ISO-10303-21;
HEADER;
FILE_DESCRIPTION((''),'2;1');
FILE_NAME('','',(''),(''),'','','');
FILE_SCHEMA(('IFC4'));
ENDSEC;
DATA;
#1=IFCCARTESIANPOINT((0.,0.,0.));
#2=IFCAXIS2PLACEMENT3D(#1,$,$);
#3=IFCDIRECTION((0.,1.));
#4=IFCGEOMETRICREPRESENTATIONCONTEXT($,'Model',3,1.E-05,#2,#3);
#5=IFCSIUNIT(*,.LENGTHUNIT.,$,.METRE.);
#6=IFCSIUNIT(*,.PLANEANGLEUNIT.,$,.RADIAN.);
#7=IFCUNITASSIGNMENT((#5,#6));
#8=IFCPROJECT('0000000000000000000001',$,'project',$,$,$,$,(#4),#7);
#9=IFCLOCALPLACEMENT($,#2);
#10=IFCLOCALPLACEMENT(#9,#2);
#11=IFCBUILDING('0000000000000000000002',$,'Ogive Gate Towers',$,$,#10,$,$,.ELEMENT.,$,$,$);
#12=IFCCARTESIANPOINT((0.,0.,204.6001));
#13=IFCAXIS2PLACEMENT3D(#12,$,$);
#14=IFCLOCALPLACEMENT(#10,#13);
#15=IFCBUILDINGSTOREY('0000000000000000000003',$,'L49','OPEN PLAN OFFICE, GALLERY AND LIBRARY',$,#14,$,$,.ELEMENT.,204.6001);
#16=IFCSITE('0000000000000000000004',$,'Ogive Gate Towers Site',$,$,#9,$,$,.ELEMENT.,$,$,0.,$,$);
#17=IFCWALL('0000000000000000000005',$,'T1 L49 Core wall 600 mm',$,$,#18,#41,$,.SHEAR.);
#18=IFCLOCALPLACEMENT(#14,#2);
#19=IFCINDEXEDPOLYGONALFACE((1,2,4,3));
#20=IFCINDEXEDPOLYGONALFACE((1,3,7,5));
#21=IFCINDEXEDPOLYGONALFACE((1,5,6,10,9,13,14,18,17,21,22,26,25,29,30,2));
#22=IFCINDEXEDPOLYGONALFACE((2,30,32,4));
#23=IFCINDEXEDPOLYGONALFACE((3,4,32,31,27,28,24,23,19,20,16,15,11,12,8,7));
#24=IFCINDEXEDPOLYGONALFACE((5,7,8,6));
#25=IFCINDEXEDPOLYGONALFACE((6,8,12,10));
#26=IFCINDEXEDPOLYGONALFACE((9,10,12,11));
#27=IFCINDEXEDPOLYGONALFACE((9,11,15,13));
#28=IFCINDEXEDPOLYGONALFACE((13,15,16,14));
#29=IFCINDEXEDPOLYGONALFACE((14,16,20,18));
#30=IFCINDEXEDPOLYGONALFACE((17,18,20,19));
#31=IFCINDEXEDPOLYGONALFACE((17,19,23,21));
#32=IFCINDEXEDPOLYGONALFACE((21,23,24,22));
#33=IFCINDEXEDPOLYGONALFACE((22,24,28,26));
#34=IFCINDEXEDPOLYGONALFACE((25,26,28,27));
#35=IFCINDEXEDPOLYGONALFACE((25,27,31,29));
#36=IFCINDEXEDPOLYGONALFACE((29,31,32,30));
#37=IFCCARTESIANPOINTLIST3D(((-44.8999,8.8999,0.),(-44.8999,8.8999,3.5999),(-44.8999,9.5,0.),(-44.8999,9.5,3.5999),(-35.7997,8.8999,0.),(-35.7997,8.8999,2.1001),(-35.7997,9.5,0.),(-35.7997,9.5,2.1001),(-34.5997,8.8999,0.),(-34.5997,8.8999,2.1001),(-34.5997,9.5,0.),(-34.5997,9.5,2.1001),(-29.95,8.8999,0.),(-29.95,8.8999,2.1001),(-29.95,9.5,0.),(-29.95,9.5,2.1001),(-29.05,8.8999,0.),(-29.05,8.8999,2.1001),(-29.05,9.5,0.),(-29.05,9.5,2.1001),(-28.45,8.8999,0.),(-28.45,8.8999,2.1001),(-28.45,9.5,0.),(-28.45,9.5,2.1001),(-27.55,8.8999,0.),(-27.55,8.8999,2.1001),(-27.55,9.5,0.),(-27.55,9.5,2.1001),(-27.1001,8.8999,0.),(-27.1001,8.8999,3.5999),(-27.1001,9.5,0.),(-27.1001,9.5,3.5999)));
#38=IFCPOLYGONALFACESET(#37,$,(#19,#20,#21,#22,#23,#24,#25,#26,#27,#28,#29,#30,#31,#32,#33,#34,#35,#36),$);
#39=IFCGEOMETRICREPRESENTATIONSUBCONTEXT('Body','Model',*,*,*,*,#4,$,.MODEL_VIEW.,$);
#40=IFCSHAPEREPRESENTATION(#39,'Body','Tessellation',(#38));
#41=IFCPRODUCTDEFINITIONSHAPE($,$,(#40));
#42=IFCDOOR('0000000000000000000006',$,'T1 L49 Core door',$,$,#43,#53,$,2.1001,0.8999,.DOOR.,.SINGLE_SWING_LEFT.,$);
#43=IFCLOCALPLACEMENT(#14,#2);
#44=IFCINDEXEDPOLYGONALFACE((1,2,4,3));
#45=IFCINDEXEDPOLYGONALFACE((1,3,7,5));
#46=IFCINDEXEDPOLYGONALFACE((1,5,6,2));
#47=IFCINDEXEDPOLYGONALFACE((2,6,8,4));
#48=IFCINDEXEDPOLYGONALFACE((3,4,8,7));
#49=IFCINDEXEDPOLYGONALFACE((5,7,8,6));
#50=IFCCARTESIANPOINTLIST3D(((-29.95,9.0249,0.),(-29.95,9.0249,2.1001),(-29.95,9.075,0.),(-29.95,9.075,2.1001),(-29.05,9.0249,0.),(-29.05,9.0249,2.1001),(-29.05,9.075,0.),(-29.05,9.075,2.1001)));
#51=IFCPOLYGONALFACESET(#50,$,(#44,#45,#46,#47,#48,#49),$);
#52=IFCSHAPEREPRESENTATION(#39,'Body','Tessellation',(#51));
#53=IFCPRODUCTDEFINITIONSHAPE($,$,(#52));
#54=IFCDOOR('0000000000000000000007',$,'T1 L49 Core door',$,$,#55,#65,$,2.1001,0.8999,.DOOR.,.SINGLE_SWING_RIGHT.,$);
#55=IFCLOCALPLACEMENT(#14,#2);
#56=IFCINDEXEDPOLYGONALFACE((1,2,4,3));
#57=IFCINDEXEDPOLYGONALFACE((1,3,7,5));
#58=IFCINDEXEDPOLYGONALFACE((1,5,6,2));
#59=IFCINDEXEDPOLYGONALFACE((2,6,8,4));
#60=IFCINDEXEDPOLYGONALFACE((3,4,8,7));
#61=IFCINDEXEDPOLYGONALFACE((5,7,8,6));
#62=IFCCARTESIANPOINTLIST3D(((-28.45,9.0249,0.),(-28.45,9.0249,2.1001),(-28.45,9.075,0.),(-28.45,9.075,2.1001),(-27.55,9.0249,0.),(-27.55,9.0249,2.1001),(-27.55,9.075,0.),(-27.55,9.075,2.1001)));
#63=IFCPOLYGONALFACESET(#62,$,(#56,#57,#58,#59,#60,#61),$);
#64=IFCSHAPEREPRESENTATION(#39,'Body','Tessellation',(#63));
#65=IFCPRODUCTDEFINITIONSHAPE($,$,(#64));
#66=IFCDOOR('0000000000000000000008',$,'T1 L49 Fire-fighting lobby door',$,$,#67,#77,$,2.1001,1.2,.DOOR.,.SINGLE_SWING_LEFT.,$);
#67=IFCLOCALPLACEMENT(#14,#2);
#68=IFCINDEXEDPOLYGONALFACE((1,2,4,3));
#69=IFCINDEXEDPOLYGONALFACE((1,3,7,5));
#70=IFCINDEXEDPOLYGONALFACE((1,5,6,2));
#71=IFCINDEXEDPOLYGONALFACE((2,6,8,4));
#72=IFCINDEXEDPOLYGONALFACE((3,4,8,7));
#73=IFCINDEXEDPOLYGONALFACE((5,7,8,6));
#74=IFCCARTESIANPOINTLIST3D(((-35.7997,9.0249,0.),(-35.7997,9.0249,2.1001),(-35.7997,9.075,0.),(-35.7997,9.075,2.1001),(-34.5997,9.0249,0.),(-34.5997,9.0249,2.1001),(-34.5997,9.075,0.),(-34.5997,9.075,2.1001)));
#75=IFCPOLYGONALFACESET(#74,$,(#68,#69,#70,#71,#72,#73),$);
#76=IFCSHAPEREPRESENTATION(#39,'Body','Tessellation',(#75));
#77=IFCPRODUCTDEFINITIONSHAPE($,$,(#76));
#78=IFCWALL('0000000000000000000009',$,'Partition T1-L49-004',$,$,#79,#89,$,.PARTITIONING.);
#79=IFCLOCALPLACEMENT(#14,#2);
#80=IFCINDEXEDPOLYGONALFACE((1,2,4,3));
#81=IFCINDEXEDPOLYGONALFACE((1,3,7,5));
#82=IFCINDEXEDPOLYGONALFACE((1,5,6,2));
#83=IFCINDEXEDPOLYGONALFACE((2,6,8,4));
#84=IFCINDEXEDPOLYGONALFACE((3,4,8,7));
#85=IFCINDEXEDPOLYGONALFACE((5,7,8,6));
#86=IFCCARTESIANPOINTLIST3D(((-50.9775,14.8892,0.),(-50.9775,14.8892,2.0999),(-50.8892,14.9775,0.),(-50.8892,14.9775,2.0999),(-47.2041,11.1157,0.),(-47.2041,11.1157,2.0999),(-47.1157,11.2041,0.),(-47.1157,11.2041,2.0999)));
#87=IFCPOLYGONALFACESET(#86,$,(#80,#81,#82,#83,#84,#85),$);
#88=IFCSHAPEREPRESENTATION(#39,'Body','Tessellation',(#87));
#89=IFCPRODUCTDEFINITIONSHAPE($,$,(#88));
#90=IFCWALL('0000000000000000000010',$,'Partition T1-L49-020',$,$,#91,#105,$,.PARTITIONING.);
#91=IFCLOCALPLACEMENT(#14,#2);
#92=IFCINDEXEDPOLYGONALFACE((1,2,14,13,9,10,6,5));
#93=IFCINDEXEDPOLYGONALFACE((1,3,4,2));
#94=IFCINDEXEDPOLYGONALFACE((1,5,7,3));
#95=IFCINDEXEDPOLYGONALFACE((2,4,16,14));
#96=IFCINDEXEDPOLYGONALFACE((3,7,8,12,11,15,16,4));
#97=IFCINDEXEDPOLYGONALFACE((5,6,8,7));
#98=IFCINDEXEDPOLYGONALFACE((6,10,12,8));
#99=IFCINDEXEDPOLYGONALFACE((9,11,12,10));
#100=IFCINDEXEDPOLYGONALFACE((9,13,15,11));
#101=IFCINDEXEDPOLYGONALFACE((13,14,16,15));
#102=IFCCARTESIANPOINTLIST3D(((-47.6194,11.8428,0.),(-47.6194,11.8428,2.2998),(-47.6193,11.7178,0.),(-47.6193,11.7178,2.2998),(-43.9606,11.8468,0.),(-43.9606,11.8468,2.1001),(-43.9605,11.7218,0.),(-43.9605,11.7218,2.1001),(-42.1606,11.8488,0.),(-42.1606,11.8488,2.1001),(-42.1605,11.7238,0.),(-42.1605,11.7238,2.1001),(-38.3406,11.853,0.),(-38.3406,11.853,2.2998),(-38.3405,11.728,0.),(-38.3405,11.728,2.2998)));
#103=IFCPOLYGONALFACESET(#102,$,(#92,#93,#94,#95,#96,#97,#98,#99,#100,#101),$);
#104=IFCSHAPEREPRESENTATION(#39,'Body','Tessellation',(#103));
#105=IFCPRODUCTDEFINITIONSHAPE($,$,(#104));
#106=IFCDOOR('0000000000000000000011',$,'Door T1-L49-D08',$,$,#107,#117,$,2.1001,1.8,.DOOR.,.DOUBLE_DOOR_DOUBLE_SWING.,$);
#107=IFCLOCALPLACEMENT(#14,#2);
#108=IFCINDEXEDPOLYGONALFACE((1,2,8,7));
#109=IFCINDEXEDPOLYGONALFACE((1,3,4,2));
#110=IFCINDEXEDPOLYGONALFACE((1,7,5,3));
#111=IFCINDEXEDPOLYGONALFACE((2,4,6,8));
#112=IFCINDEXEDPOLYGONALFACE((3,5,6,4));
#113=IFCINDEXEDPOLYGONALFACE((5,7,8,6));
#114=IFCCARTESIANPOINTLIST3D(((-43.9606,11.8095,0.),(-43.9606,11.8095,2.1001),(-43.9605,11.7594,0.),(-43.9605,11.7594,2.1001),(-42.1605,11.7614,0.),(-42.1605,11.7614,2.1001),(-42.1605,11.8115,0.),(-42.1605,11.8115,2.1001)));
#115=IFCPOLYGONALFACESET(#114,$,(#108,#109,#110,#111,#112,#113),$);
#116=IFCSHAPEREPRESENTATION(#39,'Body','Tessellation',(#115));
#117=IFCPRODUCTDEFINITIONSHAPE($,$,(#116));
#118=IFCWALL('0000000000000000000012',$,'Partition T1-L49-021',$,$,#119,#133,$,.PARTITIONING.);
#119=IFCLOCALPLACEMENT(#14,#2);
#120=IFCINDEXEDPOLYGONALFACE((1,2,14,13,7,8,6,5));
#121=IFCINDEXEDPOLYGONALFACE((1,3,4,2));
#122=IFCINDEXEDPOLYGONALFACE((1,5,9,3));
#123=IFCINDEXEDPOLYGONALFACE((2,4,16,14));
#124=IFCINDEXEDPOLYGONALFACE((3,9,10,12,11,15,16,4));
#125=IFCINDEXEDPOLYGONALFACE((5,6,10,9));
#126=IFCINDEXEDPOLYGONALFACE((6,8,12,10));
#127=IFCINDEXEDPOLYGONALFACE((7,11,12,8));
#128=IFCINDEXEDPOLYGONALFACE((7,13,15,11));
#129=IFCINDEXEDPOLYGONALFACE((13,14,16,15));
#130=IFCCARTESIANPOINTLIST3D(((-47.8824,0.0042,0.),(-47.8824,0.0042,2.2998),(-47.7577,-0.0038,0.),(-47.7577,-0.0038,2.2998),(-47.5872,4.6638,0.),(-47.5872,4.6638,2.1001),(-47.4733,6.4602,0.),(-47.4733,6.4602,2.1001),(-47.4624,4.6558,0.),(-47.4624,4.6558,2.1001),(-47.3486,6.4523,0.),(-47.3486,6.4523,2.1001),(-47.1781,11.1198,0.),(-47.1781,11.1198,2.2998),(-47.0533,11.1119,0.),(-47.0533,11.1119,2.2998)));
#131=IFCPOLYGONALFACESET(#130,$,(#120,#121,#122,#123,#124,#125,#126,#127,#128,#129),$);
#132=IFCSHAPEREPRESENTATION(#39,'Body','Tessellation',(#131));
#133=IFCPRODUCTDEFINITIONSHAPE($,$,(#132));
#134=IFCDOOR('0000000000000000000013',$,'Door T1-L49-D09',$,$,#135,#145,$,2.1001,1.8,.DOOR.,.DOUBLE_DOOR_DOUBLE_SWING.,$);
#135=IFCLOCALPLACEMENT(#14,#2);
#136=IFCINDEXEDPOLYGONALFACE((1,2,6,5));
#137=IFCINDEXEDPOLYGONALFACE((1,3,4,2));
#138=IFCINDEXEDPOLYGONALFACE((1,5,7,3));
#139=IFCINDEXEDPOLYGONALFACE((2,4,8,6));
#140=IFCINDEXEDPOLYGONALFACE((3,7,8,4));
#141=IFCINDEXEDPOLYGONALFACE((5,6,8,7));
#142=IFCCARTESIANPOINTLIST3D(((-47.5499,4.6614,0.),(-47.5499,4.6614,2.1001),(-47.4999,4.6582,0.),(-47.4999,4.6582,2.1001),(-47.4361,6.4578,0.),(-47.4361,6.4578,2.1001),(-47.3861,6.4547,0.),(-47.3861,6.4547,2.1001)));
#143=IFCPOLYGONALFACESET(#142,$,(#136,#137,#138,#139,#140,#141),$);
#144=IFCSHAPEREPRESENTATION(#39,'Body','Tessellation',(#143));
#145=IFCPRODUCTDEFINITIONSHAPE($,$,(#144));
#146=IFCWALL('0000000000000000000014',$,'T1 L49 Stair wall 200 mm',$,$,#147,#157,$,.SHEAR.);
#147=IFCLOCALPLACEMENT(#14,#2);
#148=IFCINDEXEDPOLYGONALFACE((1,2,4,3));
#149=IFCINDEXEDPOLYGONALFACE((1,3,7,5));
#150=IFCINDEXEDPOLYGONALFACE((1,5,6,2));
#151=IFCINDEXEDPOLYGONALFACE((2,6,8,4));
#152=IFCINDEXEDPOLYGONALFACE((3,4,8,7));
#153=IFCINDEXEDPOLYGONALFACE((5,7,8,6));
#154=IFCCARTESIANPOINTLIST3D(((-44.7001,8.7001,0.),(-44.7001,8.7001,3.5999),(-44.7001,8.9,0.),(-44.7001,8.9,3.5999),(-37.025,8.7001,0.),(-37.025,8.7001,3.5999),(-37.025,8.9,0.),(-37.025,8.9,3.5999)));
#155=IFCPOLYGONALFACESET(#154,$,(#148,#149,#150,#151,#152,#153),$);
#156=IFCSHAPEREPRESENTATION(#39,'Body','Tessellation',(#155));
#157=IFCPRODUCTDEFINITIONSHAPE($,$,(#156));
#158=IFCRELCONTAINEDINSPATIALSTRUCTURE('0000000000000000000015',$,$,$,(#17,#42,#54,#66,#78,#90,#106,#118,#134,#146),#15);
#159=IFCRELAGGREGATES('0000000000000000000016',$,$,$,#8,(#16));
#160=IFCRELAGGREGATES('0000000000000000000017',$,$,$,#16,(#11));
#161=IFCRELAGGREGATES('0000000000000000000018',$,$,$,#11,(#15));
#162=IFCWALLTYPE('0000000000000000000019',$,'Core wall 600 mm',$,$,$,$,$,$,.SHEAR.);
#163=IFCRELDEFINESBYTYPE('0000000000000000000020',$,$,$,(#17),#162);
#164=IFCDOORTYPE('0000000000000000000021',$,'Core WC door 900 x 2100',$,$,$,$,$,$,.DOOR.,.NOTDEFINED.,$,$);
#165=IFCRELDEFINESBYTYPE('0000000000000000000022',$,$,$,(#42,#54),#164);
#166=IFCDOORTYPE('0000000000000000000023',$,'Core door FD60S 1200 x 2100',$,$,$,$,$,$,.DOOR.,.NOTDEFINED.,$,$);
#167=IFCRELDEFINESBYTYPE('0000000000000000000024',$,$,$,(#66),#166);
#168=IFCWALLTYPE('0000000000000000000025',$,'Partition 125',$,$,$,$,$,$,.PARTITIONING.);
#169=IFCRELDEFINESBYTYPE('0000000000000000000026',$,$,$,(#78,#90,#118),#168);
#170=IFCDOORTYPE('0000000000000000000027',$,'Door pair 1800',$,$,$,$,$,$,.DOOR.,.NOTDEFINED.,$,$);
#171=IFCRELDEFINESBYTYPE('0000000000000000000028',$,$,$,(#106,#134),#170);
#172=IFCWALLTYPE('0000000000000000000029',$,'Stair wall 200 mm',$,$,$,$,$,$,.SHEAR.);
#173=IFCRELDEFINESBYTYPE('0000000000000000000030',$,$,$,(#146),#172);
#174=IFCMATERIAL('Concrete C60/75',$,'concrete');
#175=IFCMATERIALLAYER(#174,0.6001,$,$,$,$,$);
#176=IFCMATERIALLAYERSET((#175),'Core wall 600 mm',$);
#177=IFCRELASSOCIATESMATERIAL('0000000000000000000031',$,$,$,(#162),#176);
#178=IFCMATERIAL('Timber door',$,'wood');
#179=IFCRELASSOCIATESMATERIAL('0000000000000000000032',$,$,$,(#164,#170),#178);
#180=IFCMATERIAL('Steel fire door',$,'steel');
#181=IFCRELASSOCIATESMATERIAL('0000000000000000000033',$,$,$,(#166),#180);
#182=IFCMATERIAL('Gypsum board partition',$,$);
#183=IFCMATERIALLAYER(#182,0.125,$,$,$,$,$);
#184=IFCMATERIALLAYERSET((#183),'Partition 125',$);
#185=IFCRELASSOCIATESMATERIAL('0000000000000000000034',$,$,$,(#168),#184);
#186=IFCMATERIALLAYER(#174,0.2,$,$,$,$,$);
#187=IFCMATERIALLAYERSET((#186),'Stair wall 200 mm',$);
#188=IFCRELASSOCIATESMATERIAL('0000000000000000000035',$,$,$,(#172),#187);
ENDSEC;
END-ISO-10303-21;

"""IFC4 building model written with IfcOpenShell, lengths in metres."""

from ifc_helpers import new_model, si_unit, direction, frame, frame_2d, origin, place, context, subcontext, project, spatial, rectangle, extrude, material, layer, layer_set, type_object, element, fill, save


model = new_model("IFC4")

# Units and contexts
model_context = context("Model", 3, precision=1e-05, world=origin(), true_north=direction((0.0, 1.0)))
body_context = subcontext(model_context, "Body", "Model", "MODEL_VIEW")
ifc_project = project(units=[si_unit("LENGTHUNIT", "METRE"), si_unit("PLANEANGLEUNIT", "RADIAN")], contexts=[model_context])

# Site, building, storey
site_placement = place(None, origin())
site = spatial("IfcSite", under=ifc_project, at=site_placement, Name="Ogive Gate Towers Site", CompositionType="ELEMENT", RefElevation=0.0)
building_placement = place(site_placement, origin())
building = spatial("IfcBuilding", under=site, at=building_placement, Name="Ogive Gate Towers", CompositionType="ELEMENT")
storey_placement = place(building_placement, frame((0.0, 0.0, 204.6001)))
storey = spatial("IfcBuildingStorey", under=building, at=storey_placement, Name="L49", Description="OPEN PLAN OFFICE, GALLERY AND LIBRARY", CompositionType="ELEMENT", Elevation=204.6001)

# Wall, openings, doors
ifc_material_1 = material(Name="Concrete C60/75", Category="concrete")
ifc_layer_1 = layer(ifc_material_1, 0.6001)
ifc_layer_set_1 = layer_set([ifc_layer_1], Name="Core wall 600 mm")
wall_type_1 = type_object("IfcWallType", Name="Core wall 600 mm", PredefinedType="SHEAR", material=ifc_layer_set_1)
wall_1_placement = place(storey_placement, frame((-44.8999, 9.2, 0.0), z_axis=(0.0, 0.0, 1.0), x_axis=(1.0, 0.0, 0.0)))
wall_1 = element("IfcWall", 1, at=wall_1_placement, inside=storey, type_object=wall_type_1, Name="T1 L49 Core wall 600 mm", PredefinedType="SHEAR", context=body_context, shape_type="SweptSolid", body=[
    extrude(rectangle(XDim=17.7998, YDim=0.6001, at=frame_2d((8.8999, 0.0))), origin(), (0.0, 0.0, 1.0), 3.5999),
])
opening_1_placement = place(wall_1_placement, frame((9.1001, 0.0, 0.0)))
opening_1 = element("IfcOpeningElement", 2, at=opening_1_placement, cuts=wall_1, PredefinedType="OPENING", context=body_context, shape_type="SweptSolid", body=[
    extrude(rectangle(XDim=1.2, YDim=2.1001, at=frame_2d((0.6001, 1.05))), frame((0.0, 0.3101, 0.0), z_axis=(0.0, -1.0, 0.0), x_axis=(1.0, 0.0, 0.0)), (0.0, 0.0, 1.0), 0.6201),
])
opening_2_placement = place(wall_1_placement, frame((14.95, 0.0, 0.0)))
opening_2 = element("IfcOpeningElement", 3, at=opening_2_placement, cuts=wall_1, PredefinedType="OPENING", context=body_context, shape_type="SweptSolid", body=[
    extrude(rectangle(XDim=0.8999, YDim=2.1001, at=frame_2d((0.45, 1.05))), frame((0.0, 0.3101, 0.0), z_axis=(0.0, -1.0, 0.0), x_axis=(1.0, 0.0, 0.0)), (0.0, 0.0, 1.0), 0.6201),
])
opening_3_placement = place(wall_1_placement, frame((16.45, 0.0, 0.0)))
opening_3 = element("IfcOpeningElement", 4, at=opening_3_placement, cuts=wall_1, PredefinedType="OPENING", context=body_context, shape_type="SweptSolid", body=[
    extrude(rectangle(XDim=0.8999, YDim=2.1001, at=frame_2d((0.45, 1.05))), frame((0.0, 0.3101, 0.0), z_axis=(0.0, -1.0, 0.0), x_axis=(1.0, 0.0, 0.0)), (0.0, 0.0, 1.0), 0.6201),
])
ifc_material_2 = material(Name="Timber door", Category="wood")
door_type_1 = type_object("IfcDoorType", Name="Core WC door 900 x 2100", OperationType="NOTDEFINED", PredefinedType="DOOR", material=ifc_material_2)
door_1_placement = place(opening_2_placement, origin())
door_1 = element("IfcDoor", 5, at=door_1_placement, inside=storey, type_object=door_type_1, Name="T1 L49 Core door", OperationType="SINGLE_SWING_LEFT", OverallHeight=2.1001, OverallWidth=0.8999, PredefinedType="DOOR", context=body_context, shape_type="SweptSolid", body=[
    extrude(rectangle(XDim=0.8999, YDim=2.1001, at=frame_2d((0.45, 1.05))), frame((0.0, -0.125, 0.0), z_axis=(0.0, -1.0, 0.0), x_axis=(1.0, 0.0, 0.0)), (0.0, 0.0, 1.0), 0.05),
])
fill(opening_2, door_1)
door_2_placement = place(opening_3_placement, origin())
door_2 = element("IfcDoor", 6, at=door_2_placement, inside=storey, type_object=door_type_1, Name="T1 L49 Core door", OperationType="SINGLE_SWING_RIGHT", OverallHeight=2.1001, OverallWidth=0.8999, PredefinedType="DOOR", context=body_context, shape_type="SweptSolid", body=[
    extrude(rectangle(XDim=0.8999, YDim=2.1001, at=frame_2d((0.45, 1.05))), frame((0.0, -0.125, 0.0), z_axis=(0.0, -1.0, 0.0), x_axis=(1.0, 0.0, 0.0)), (0.0, 0.0, 1.0), 0.05),
])
fill(opening_3, door_2)
ifc_material_3 = material(Name="Steel fire door", Category="steel")
door_type_2 = type_object("IfcDoorType", Name="Core door FD60S 1200 x 2100", OperationType="NOTDEFINED", PredefinedType="DOOR", material=ifc_material_3)
door_3_placement = place(opening_1_placement, origin())
door_3 = element("IfcDoor", 7, at=door_3_placement, inside=storey, type_object=door_type_2, Name="T1 L49 Fire-fighting lobby door", OperationType="SINGLE_SWING_LEFT", OverallHeight=2.1001, OverallWidth=1.2, PredefinedType="DOOR", context=body_context, shape_type="SweptSolid", body=[
    extrude(rectangle(XDim=1.2, YDim=2.1001, at=frame_2d((0.6001, 1.05))), frame((0.0, -0.125, 0.0), z_axis=(0.0, -1.0, 0.0), x_axis=(1.0, 0.0, 0.0)), (0.0, 0.0, 1.0), 0.05),
])
fill(opening_1, door_3)

# Wall
ifc_material_4 = material(Name="Gypsum board partition")
ifc_layer_2 = layer(ifc_material_4, 0.125)
ifc_layer_set_2 = layer_set([ifc_layer_2], Name="Partition 125")
wall_type_2 = type_object("IfcWallType", Name="Partition 125", PredefinedType="PARTITIONING", material=ifc_layer_set_2)
wall_2_placement = place(storey_placement, frame((-50.9333, 14.9333, 0.0), z_axis=(0.0, 0.0, 1.0), x_axis=(0.707107, -0.707107, 0.0)))
element("IfcWall", 8, at=wall_2_placement, inside=storey, type_object=wall_type_2, Name="Partition T1-L49-004", PredefinedType="PARTITIONING", context=body_context, shape_type="SweptSolid", body=[
    extrude(rectangle(XDim=5.3364, YDim=0.125, at=frame_2d((2.6682, 0.0))), origin(), (0.0, 0.0, 1.0), 2.0999),
])

# Walls, openings, doors
wall_3_placement = place(storey_placement, frame((-38.3406, 11.7905, 0.0), z_axis=(0.0, 0.0, 1.0), x_axis=(-0.999999, -0.001105, 0.0)))
wall_3 = element("IfcWall", 9, at=wall_3_placement, inside=storey, type_object=wall_type_2, Name="Partition T1-L49-020", PredefinedType="PARTITIONING", context=body_context, shape_type="SweptSolid", body=[
    extrude(rectangle(XDim=9.2788, YDim=0.125, at=frame_2d((4.6394, 0.0))), origin(), (0.0, 0.0, 1.0), 2.2998),
])
opening_4_placement = place(wall_3_placement, frame((3.8201, 0.0, 0.0)))
opening_4 = element("IfcOpeningElement", 10, at=opening_4_placement, cuts=wall_3, PredefinedType="OPENING", context=body_context, shape_type="SweptSolid", body=[
    extrude(rectangle(XDim=1.8, YDim=2.1001, at=frame_2d((0.8999, 1.05))), frame((0.0, 0.0725, 0.0), z_axis=(0.0, -1.0, 0.0), x_axis=(1.0, 0.0, 0.0)), (0.0, 0.0, 1.0), 0.145),
])
door_type_3 = type_object("IfcDoorType", Name="Door pair 1800", OperationType="NOTDEFINED", PredefinedType="DOOR", material=ifc_material_2)
door_4_placement = place(opening_4_placement, origin())
door_4 = element("IfcDoor", 11, at=door_4_placement, inside=storey, type_object=door_type_3, Name="Door T1-L49-D08", OperationType="DOUBLE_DOOR_DOUBLE_SWING", OverallHeight=2.1001, OverallWidth=1.8, PredefinedType="DOOR", context=body_context, shape_type="SweptSolid", body=[
    extrude(rectangle(XDim=1.8, YDim=2.1001, at=frame_2d((0.8999, 1.05))), frame((0.0, 0.0249, 0.0), z_axis=(0.0, -1.0, 0.0), x_axis=(1.0, 0.0, 0.0)), (0.0, 0.0, 1.0), 0.05),
])
fill(opening_4, door_4)
wall_4_placement = place(storey_placement, frame((-47.1157, 11.1157, 0.0), z_axis=(0.0, 0.0, 1.0), x_axis=(-0.063238, -0.997998, 0.0)))
wall_4 = element("IfcWall", 12, at=wall_4_placement, inside=storey, type_object=wall_type_2, Name="Partition T1-L49-021", PredefinedType="PARTITIONING", context=body_context, shape_type="SweptSolid", body=[
    extrude(rectangle(XDim=11.1379, YDim=0.125, at=frame_2d((5.5688, 0.0))), origin(), (0.0, 0.0, 1.0), 2.2998),
])
opening_5_placement = place(wall_4_placement, frame((4.6689, 0.0, 0.0)))
opening_5 = element("IfcOpeningElement", 13, at=opening_5_placement, cuts=wall_4, PredefinedType="OPENING", context=body_context, shape_type="SweptSolid", body=[
    extrude(rectangle(XDim=1.8, YDim=2.1001, at=frame_2d((0.8999, 1.05))), frame((0.0, 0.0725, 0.0), z_axis=(0.0, -1.0, 0.0), x_axis=(1.0, 0.0, 0.0)), (0.0, 0.0, 1.0), 0.145),
])
door_5_placement = place(opening_5_placement, origin())
door_5 = element("IfcDoor", 14, at=door_5_placement, inside=storey, type_object=door_type_3, Name="Door T1-L49-D09", OperationType="DOUBLE_DOOR_DOUBLE_SWING", OverallHeight=2.1001, OverallWidth=1.8, PredefinedType="DOOR", context=body_context, shape_type="SweptSolid", body=[
    extrude(rectangle(XDim=1.8, YDim=2.1001, at=frame_2d((0.8999, 1.05))), frame((0.0, 0.0249, 0.0), z_axis=(0.0, -1.0, 0.0), x_axis=(1.0, 0.0, 0.0)), (0.0, 0.0, 1.0), 0.05),
])
fill(opening_5, door_5)

# Wall
ifc_layer_3 = layer(ifc_material_1, 0.2)
ifc_layer_set_3 = layer_set([ifc_layer_3], Name="Stair wall 200 mm")
wall_type_3 = type_object("IfcWallType", Name="Stair wall 200 mm", PredefinedType="SHEAR", material=ifc_layer_set_3)
wall_5_placement = place(storey_placement, frame((-44.7, 8.8, 0.0), z_axis=(0.0, 0.0, 1.0), x_axis=(1.0, 0.0, 0.0)))
element("IfcWall", 15, at=wall_5_placement, inside=storey, type_object=wall_type_3, Name="T1 L49 Stair wall 200 mm", PredefinedType="SHEAR", context=body_context, shape_type="SweptSolid", body=[
    extrude(rectangle(XDim=7.675, YDim=0.2, at=frame_2d((3.8374, 0.0))), origin(), (0.0, 0.0, 1.0), 3.5999),
])

save(model, "model.ifc")
